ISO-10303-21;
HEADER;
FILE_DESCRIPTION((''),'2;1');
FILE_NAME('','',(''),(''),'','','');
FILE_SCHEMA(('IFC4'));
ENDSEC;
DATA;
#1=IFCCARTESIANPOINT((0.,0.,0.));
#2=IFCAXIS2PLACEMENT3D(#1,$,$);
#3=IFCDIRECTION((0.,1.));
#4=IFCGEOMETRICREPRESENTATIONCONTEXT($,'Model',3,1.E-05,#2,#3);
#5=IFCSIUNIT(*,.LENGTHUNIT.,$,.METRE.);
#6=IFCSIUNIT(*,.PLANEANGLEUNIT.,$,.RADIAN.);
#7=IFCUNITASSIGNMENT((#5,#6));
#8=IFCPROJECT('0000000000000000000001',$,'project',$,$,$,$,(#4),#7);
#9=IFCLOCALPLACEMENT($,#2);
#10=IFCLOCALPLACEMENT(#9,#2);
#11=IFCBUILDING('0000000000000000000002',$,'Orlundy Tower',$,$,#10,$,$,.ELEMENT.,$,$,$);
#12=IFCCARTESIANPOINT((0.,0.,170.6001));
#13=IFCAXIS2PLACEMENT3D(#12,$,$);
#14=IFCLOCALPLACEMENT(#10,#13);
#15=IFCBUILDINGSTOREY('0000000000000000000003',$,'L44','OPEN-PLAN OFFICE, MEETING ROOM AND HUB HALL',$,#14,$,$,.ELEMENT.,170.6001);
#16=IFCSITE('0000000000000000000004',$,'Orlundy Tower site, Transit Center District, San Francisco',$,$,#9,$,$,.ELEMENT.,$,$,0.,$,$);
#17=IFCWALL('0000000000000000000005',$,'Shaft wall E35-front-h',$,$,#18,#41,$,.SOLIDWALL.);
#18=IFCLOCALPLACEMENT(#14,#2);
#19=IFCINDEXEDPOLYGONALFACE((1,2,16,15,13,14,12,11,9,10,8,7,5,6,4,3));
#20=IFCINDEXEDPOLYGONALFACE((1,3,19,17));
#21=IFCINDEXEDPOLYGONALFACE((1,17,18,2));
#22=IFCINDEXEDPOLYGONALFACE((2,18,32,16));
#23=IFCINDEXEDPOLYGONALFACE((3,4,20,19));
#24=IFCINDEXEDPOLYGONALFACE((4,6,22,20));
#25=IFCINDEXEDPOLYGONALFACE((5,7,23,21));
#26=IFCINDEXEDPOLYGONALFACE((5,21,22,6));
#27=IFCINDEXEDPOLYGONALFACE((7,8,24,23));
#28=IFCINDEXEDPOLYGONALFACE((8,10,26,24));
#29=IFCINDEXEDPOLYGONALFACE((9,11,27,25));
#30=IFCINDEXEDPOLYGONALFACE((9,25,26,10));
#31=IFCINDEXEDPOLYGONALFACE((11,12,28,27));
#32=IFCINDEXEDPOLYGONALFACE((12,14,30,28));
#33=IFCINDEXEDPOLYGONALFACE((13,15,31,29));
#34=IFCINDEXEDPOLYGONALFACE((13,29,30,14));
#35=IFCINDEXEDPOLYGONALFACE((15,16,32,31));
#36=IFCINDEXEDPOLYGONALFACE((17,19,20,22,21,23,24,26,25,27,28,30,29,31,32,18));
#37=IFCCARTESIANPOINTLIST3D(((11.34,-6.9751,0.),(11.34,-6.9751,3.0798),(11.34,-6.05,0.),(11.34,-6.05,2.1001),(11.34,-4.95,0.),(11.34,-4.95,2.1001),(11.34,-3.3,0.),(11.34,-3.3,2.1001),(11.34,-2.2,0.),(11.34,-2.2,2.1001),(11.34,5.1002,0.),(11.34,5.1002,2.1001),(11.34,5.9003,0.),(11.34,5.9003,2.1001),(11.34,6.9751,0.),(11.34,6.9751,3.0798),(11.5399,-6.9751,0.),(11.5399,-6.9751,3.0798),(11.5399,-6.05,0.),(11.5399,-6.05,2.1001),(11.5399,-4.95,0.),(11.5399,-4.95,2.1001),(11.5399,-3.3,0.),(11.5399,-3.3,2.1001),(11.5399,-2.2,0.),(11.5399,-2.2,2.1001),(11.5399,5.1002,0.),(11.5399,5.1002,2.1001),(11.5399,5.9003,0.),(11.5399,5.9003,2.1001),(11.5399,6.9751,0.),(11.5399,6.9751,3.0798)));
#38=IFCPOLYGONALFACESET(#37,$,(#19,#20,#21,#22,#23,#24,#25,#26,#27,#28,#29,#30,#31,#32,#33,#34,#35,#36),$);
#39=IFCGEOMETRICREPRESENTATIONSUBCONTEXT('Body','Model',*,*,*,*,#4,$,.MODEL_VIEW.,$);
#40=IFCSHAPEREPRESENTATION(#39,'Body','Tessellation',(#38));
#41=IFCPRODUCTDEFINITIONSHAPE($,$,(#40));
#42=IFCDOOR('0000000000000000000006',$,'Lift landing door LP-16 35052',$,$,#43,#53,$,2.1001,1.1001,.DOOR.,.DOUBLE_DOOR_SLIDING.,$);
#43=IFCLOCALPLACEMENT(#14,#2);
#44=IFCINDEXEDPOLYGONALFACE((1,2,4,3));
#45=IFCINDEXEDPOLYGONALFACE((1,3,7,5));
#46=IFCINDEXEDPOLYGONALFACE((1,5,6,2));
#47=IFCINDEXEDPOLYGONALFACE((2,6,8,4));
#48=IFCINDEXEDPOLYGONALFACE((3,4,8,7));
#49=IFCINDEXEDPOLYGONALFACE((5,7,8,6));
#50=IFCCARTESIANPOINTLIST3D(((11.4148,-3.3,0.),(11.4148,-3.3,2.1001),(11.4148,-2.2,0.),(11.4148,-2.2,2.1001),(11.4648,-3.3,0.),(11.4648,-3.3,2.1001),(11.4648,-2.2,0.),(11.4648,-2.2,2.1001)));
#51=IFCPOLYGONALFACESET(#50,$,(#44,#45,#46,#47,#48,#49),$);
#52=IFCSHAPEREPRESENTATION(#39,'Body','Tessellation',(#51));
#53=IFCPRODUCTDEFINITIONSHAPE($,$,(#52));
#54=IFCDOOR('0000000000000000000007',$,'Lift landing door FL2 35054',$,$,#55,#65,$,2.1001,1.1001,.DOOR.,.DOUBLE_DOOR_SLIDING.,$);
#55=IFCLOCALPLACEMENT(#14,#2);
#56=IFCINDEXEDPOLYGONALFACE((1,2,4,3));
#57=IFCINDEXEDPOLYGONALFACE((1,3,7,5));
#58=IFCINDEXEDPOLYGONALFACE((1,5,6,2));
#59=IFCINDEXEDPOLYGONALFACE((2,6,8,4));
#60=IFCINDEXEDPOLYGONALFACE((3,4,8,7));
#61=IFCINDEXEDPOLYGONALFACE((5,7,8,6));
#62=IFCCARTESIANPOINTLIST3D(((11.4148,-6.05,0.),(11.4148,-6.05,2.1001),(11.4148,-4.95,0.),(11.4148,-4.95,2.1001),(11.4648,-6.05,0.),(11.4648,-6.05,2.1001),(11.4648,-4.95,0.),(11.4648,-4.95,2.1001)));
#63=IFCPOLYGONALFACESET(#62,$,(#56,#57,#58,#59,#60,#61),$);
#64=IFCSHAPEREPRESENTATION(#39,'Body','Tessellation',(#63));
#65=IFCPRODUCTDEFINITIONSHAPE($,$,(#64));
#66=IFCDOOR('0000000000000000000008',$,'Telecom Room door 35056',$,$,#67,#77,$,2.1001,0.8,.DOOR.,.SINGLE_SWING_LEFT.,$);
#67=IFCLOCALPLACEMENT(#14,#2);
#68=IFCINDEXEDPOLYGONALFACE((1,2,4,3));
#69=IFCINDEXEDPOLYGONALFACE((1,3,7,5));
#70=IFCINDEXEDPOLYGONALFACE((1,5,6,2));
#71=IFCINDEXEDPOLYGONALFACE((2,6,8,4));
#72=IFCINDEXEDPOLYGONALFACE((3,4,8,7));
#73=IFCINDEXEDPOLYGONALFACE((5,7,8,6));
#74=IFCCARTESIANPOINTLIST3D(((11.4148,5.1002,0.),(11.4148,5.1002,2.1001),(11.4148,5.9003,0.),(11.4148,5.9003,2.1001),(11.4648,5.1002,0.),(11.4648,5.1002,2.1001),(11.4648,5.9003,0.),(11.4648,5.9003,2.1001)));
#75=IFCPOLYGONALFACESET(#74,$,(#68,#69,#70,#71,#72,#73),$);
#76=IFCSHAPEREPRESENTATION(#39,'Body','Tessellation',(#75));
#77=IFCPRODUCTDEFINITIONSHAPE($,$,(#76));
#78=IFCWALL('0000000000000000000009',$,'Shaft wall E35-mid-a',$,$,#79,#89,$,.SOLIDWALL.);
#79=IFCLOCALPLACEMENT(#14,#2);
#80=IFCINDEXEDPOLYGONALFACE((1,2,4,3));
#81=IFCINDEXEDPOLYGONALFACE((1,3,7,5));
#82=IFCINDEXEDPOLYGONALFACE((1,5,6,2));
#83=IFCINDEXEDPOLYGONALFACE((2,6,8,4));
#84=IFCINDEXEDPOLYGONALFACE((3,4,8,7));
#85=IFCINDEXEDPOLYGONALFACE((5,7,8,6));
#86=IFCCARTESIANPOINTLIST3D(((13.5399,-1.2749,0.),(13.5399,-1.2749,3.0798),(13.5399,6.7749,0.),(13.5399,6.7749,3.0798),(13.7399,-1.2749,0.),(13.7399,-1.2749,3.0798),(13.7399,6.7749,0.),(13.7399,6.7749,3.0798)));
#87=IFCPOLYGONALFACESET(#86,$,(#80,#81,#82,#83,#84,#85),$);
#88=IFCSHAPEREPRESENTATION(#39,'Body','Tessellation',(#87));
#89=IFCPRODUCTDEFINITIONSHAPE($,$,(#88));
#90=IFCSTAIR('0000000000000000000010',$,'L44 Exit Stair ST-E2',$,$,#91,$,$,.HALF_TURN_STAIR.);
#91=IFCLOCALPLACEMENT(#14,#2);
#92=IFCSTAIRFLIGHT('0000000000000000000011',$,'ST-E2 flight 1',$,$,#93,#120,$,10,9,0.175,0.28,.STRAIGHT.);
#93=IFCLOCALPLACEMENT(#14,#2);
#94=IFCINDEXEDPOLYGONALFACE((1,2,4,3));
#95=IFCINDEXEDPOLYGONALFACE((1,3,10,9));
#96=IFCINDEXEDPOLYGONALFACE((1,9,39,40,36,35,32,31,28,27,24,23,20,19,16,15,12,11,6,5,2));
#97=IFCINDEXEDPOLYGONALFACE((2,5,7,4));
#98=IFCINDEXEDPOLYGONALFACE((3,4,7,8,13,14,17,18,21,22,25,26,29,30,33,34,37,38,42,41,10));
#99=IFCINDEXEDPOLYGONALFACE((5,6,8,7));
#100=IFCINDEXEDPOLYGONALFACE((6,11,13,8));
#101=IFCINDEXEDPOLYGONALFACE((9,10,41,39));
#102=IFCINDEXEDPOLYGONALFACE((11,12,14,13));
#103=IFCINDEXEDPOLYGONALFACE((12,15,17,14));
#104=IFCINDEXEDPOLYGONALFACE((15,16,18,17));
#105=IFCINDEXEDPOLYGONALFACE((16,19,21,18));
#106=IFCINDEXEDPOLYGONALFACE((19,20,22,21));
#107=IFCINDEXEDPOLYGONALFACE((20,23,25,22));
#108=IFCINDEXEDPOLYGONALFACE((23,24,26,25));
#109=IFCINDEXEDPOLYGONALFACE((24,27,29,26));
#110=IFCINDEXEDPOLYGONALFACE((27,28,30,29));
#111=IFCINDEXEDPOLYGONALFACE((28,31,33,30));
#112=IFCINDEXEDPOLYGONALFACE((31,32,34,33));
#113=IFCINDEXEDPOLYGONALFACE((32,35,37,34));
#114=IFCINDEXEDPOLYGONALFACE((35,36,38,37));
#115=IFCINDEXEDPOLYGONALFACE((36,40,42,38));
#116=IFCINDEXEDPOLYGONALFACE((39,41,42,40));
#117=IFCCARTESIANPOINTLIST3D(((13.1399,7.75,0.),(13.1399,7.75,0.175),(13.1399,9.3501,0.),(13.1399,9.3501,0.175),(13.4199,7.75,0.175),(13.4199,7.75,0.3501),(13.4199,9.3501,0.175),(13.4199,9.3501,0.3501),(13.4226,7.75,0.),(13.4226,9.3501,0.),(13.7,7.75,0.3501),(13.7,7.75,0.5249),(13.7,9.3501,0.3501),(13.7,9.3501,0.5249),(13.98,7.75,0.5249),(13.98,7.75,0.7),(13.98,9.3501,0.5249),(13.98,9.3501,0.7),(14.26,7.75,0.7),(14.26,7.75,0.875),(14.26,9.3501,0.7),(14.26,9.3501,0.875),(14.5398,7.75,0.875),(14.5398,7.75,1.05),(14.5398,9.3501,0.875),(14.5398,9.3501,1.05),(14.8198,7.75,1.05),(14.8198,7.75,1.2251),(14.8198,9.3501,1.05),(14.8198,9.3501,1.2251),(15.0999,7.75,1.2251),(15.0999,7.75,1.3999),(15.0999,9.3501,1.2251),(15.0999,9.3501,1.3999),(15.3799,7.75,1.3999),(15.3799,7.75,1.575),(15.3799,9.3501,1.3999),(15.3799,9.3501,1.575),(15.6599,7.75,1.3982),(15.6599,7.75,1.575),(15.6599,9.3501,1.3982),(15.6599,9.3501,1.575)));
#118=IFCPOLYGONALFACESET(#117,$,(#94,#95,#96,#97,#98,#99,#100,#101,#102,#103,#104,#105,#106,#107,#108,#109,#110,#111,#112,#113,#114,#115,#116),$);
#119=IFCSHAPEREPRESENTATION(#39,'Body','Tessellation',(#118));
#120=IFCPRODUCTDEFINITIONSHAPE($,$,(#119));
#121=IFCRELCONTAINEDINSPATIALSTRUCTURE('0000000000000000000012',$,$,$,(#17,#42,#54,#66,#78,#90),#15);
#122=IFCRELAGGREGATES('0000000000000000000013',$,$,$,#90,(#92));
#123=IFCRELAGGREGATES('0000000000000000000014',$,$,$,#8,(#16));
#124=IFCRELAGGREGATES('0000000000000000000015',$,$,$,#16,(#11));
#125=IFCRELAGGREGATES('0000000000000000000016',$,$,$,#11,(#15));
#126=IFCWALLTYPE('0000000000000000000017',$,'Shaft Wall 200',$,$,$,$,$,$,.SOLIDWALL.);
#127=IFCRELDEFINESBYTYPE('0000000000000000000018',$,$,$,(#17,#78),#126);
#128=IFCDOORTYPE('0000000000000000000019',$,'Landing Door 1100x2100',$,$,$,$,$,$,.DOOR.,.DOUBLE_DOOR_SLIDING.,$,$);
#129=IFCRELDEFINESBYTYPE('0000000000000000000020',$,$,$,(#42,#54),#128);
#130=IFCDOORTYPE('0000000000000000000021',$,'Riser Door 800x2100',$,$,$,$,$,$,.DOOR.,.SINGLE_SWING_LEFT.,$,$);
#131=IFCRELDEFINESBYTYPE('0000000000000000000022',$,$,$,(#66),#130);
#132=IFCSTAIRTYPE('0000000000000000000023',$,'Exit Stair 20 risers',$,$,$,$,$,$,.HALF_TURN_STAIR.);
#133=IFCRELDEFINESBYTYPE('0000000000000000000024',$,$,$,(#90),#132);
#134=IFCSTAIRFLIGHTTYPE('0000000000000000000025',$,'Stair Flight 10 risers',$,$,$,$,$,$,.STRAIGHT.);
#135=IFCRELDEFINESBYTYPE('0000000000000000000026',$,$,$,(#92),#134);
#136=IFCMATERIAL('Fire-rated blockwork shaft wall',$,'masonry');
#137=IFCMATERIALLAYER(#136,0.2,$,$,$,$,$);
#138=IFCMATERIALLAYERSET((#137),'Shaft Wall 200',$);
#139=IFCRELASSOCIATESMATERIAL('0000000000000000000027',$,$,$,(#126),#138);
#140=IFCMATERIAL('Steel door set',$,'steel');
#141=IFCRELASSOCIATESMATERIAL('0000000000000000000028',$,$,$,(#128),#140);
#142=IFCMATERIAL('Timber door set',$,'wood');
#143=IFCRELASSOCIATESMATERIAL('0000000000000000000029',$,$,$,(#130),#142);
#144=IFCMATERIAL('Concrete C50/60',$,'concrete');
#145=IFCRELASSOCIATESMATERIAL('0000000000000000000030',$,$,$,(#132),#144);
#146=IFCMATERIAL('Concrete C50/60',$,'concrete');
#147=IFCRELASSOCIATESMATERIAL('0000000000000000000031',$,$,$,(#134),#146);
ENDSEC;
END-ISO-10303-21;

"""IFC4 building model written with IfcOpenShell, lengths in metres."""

from ifc_helpers import new_model, si_unit, direction, frame, frame_2d, origin, place, context, subcontext, project, spatial, polyline, rectangle, outline, extrude, material, layer, layer_set, type_object, element, fill, aggregate, save


model = new_model("IFC4")

# Units and contexts
model_context = context("Model", 3, precision=1e-05, world=origin(), true_north=direction((0.0, 1.0)))
body_context = subcontext(model_context, "Body", "Model", "MODEL_VIEW")
ifc_project = project(units=[si_unit("LENGTHUNIT", "METRE"), si_unit("PLANEANGLEUNIT", "RADIAN")], contexts=[model_context])

# Site, building, storey
site_placement = place(None, origin())
site = spatial("IfcSite", under=ifc_project, at=site_placement, Name="Orlundy Tower site, Transit Center District, San Francisco", CompositionType="ELEMENT", RefElevation=0.0)
building_placement = place(site_placement, origin())
building = spatial("IfcBuilding", under=site, at=building_placement, Name="Orlundy Tower", CompositionType="ELEMENT")
storey_placement = place(building_placement, frame((0.0, 0.0, 170.6001)))
storey = spatial("IfcBuildingStorey", under=building, at=storey_placement, Name="L44", Description="OPEN-PLAN OFFICE, MEETING ROOM AND HUB HALL", CompositionType="ELEMENT", Elevation=170.6001)

# Shared definitions
ifc_material_1 = material(Name="Fire-rated blockwork shaft wall", Category="masonry")
ifc_layer_1 = layer(ifc_material_1, 0.2)
ifc_layer_set_1 = layer_set([ifc_layer_1], Name="Shaft Wall 200")
wall_type_1 = type_object("IfcWallType", Name="Shaft Wall 200", PredefinedType="SOLIDWALL", material=ifc_layer_set_1)

# Wall, openings, doors
wall_1_placement = place(storey_placement, frame((11.4399, 6.9751, 0.0), z_axis=(0.0, 0.0, 1.0), x_axis=(0.0, -1.0, 0.0)))
wall_1 = element("IfcWall", 1, at=wall_1_placement, inside=storey, type_object=wall_type_1, Name="Shaft wall E35-front-h", PredefinedType="SOLIDWALL", context=body_context, shape_type="SweptSolid", body=[
    extrude(rectangle(XDim=13.9502, YDim=0.2, at=frame_2d((6.9751, 0.0))), origin(), (0.0, 0.0, 1.0), 3.0798),
])
opening_1_placement = place(wall_1_placement, frame((9.175, 0.0, 0.0)))
opening_1 = element("IfcOpeningElement", 2, at=opening_1_placement, cuts=wall_1, PredefinedType="OPENING", context=body_context, shape_type="SweptSolid", body=[
    extrude(rectangle(XDim=1.1001, YDim=2.1001, at=frame_2d((0.55, 1.05))), frame((0.0, 0.1101, 0.0), z_axis=(0.0, -1.0, 0.0), x_axis=(1.0, 0.0, 0.0)), (0.0, 0.0, 1.0), 0.2202),
])
opening_2_placement = place(wall_1_placement, frame((11.925, 0.0, 0.0)))
opening_2 = element("IfcOpeningElement", 3, at=opening_2_placement, cuts=wall_1, PredefinedType="OPENING", context=body_context, shape_type="SweptSolid", body=[
    extrude(rectangle(XDim=1.1001, YDim=2.1001, at=frame_2d((0.55, 1.05))), frame((0.0, 0.1101, 0.0), z_axis=(0.0, -1.0, 0.0), x_axis=(1.0, 0.0, 0.0)), (0.0, 0.0, 1.0), 0.2202),
])
opening_3_placement = place(wall_1_placement, frame((1.075, 0.0, 0.0)))
opening_3 = element("IfcOpeningElement", 4, at=opening_3_placement, cuts=wall_1, PredefinedType="OPENING", context=body_context, shape_type="SweptSolid", body=[
    extrude(rectangle(XDim=0.8, YDim=2.1001, at=frame_2d((0.3999, 1.05))), frame((0.0, 0.1101, 0.0), z_axis=(0.0, -1.0, 0.0), x_axis=(1.0, 0.0, 0.0)), (0.0, 0.0, 1.0), 0.2202),
])
ifc_material_2 = material(Name="Steel door set", Category="steel")
door_type_1 = type_object("IfcDoorType", Name="Landing Door 1100x2100", OperationType="DOUBLE_DOOR_SLIDING", PredefinedType="DOOR", material=ifc_material_2)
door_1_placement = place(opening_1_placement, origin())
door_1 = element("IfcDoor", 5, at=door_1_placement, inside=storey, type_object=door_type_1, Name="Lift landing door LP-16 35052", OperationType="DOUBLE_DOOR_SLIDING", OverallHeight=2.1001, OverallWidth=1.1001, PredefinedType="DOOR", context=body_context, shape_type="SweptSolid", body=[
    extrude(rectangle(XDim=1.1001, YDim=2.1001, at=frame_2d((0.55, 1.05))), frame((0.0, 0.0249, 0.0), z_axis=(0.0, -1.0, 0.0), x_axis=(1.0, 0.0, 0.0)), (0.0, 0.0, 1.0), 0.05),
])
fill(opening_1, door_1)
door_2_placement = place(opening_2_placement, origin())
door_2 = element("IfcDoor", 6, at=door_2_placement, inside=storey, type_object=door_type_1, Name="Lift landing door FL2 35054", OperationType="DOUBLE_DOOR_SLIDING", OverallHeight=2.1001, OverallWidth=1.1001, PredefinedType="DOOR", context=body_context, shape_type="SweptSolid", body=[
    extrude(rectangle(XDim=1.1001, YDim=2.1001, at=frame_2d((0.55, 1.05))), frame((0.0, 0.0249, 0.0), z_axis=(0.0, -1.0, 0.0), x_axis=(1.0, 0.0, 0.0)), (0.0, 0.0, 1.0), 0.05),
])
fill(opening_2, door_2)
ifc_material_3 = material(Name="Timber door set", Category="wood")
door_type_2 = type_object("IfcDoorType", Name="Riser Door 800x2100", OperationType="SINGLE_SWING_LEFT", PredefinedType="DOOR", material=ifc_material_3)
door_3_placement = place(opening_3_placement, origin())
door_3 = element("IfcDoor", 7, at=door_3_placement, inside=storey, type_object=door_type_2, Name="Telecom Room door 35056", OperationType="SINGLE_SWING_LEFT", OverallHeight=2.1001, OverallWidth=0.8, PredefinedType="DOOR", context=body_context, shape_type="SweptSolid", body=[
    extrude(rectangle(XDim=0.8, YDim=2.1001, at=frame_2d((0.3999, 1.05))), frame((0.0, 0.0249, 0.0), z_axis=(0.0, -1.0, 0.0), x_axis=(1.0, 0.0, 0.0)), (0.0, 0.0, 1.0), 0.05),
])
fill(opening_3, door_3)

# Wall
wall_2_placement = place(storey_placement, frame((13.6399, 6.7749, 0.0), z_axis=(0.0, 0.0, 1.0), x_axis=(0.0, -1.0, 0.0)))
element("IfcWall", 8, at=wall_2_placement, inside=storey, type_object=wall_type_1, Name="Shaft wall E35-mid-a", PredefinedType="SOLIDWALL", context=body_context, shape_type="SweptSolid", body=[
    extrude(rectangle(XDim=8.0498, YDim=0.2, at=frame_2d((4.0249, 0.0))), origin(), (0.0, 0.0, 1.0), 3.0798),
])

# Stair, stair flight
ifc_material_4 = material(Name="Concrete C50/60", Category="concrete")
stair_type = type_object("IfcStairType", Name="Exit Stair 20 risers", PredefinedType="HALF_TURN_STAIR", material=ifc_material_4)
stair_placement = place(storey_placement, origin())
stair = element("IfcStair", 9, at=stair_placement, inside=storey, type_object=stair_type, Name="L44 Exit Stair ST-E2", PredefinedType="HALF_TURN_STAIR")
ifc_material_5 = material(Name="Concrete C50/60", Category="concrete")
stair_flight_type = type_object("IfcStairFlightType", Name="Stair Flight 10 risers", PredefinedType="STRAIGHT", material=ifc_material_5)
stair_flight_placement = place(storey_placement, frame((13.1399, 8.55, 0.0), z_axis=(0.0, 0.0, 1.0), x_axis=(1.0, 0.0, 0.0)))
stair_flight = element("IfcStairFlight", 10, at=stair_flight_placement, type_object=stair_flight_type, Name="ST-E2 flight 1", NumberOfRisers=10, NumberOfTreads=9, PredefinedType="STRAIGHT", RiserHeight=0.175, TreadLength=0.28, context=body_context, shape_type="SweptSolid", body=[
    extrude(outline(polyline([(0.0, 0.0), (0.0, 0.175), (0.28, 0.175), (0.28, 0.3501), (0.5601, 0.3501), (0.5601, 0.5249), (0.8401, 0.5249), (0.8401, 0.7), (1.1201, 0.7), (1.1201, 0.875), (1.3999, 0.875), (1.3999, 1.05), (1.6799, 1.05), (1.6799, 1.2251), (1.96, 1.2251), (1.96, 1.3999), (2.24, 1.3999), (2.24, 1.575), (2.52, 1.575), (2.52, 1.75), (2.52, 1.3982), (0.2827, 0.0), (0.0, 0.0)])), frame((0.0, 0.8, 0.0), z_axis=(0.0, -1.0, 0.0), x_axis=(1.0, 0.0, 0.0)), (0.0, 0.0, 1.0), 1.6001),
])
aggregate(stair, [stair_flight])

save(model, "model.ifc")
